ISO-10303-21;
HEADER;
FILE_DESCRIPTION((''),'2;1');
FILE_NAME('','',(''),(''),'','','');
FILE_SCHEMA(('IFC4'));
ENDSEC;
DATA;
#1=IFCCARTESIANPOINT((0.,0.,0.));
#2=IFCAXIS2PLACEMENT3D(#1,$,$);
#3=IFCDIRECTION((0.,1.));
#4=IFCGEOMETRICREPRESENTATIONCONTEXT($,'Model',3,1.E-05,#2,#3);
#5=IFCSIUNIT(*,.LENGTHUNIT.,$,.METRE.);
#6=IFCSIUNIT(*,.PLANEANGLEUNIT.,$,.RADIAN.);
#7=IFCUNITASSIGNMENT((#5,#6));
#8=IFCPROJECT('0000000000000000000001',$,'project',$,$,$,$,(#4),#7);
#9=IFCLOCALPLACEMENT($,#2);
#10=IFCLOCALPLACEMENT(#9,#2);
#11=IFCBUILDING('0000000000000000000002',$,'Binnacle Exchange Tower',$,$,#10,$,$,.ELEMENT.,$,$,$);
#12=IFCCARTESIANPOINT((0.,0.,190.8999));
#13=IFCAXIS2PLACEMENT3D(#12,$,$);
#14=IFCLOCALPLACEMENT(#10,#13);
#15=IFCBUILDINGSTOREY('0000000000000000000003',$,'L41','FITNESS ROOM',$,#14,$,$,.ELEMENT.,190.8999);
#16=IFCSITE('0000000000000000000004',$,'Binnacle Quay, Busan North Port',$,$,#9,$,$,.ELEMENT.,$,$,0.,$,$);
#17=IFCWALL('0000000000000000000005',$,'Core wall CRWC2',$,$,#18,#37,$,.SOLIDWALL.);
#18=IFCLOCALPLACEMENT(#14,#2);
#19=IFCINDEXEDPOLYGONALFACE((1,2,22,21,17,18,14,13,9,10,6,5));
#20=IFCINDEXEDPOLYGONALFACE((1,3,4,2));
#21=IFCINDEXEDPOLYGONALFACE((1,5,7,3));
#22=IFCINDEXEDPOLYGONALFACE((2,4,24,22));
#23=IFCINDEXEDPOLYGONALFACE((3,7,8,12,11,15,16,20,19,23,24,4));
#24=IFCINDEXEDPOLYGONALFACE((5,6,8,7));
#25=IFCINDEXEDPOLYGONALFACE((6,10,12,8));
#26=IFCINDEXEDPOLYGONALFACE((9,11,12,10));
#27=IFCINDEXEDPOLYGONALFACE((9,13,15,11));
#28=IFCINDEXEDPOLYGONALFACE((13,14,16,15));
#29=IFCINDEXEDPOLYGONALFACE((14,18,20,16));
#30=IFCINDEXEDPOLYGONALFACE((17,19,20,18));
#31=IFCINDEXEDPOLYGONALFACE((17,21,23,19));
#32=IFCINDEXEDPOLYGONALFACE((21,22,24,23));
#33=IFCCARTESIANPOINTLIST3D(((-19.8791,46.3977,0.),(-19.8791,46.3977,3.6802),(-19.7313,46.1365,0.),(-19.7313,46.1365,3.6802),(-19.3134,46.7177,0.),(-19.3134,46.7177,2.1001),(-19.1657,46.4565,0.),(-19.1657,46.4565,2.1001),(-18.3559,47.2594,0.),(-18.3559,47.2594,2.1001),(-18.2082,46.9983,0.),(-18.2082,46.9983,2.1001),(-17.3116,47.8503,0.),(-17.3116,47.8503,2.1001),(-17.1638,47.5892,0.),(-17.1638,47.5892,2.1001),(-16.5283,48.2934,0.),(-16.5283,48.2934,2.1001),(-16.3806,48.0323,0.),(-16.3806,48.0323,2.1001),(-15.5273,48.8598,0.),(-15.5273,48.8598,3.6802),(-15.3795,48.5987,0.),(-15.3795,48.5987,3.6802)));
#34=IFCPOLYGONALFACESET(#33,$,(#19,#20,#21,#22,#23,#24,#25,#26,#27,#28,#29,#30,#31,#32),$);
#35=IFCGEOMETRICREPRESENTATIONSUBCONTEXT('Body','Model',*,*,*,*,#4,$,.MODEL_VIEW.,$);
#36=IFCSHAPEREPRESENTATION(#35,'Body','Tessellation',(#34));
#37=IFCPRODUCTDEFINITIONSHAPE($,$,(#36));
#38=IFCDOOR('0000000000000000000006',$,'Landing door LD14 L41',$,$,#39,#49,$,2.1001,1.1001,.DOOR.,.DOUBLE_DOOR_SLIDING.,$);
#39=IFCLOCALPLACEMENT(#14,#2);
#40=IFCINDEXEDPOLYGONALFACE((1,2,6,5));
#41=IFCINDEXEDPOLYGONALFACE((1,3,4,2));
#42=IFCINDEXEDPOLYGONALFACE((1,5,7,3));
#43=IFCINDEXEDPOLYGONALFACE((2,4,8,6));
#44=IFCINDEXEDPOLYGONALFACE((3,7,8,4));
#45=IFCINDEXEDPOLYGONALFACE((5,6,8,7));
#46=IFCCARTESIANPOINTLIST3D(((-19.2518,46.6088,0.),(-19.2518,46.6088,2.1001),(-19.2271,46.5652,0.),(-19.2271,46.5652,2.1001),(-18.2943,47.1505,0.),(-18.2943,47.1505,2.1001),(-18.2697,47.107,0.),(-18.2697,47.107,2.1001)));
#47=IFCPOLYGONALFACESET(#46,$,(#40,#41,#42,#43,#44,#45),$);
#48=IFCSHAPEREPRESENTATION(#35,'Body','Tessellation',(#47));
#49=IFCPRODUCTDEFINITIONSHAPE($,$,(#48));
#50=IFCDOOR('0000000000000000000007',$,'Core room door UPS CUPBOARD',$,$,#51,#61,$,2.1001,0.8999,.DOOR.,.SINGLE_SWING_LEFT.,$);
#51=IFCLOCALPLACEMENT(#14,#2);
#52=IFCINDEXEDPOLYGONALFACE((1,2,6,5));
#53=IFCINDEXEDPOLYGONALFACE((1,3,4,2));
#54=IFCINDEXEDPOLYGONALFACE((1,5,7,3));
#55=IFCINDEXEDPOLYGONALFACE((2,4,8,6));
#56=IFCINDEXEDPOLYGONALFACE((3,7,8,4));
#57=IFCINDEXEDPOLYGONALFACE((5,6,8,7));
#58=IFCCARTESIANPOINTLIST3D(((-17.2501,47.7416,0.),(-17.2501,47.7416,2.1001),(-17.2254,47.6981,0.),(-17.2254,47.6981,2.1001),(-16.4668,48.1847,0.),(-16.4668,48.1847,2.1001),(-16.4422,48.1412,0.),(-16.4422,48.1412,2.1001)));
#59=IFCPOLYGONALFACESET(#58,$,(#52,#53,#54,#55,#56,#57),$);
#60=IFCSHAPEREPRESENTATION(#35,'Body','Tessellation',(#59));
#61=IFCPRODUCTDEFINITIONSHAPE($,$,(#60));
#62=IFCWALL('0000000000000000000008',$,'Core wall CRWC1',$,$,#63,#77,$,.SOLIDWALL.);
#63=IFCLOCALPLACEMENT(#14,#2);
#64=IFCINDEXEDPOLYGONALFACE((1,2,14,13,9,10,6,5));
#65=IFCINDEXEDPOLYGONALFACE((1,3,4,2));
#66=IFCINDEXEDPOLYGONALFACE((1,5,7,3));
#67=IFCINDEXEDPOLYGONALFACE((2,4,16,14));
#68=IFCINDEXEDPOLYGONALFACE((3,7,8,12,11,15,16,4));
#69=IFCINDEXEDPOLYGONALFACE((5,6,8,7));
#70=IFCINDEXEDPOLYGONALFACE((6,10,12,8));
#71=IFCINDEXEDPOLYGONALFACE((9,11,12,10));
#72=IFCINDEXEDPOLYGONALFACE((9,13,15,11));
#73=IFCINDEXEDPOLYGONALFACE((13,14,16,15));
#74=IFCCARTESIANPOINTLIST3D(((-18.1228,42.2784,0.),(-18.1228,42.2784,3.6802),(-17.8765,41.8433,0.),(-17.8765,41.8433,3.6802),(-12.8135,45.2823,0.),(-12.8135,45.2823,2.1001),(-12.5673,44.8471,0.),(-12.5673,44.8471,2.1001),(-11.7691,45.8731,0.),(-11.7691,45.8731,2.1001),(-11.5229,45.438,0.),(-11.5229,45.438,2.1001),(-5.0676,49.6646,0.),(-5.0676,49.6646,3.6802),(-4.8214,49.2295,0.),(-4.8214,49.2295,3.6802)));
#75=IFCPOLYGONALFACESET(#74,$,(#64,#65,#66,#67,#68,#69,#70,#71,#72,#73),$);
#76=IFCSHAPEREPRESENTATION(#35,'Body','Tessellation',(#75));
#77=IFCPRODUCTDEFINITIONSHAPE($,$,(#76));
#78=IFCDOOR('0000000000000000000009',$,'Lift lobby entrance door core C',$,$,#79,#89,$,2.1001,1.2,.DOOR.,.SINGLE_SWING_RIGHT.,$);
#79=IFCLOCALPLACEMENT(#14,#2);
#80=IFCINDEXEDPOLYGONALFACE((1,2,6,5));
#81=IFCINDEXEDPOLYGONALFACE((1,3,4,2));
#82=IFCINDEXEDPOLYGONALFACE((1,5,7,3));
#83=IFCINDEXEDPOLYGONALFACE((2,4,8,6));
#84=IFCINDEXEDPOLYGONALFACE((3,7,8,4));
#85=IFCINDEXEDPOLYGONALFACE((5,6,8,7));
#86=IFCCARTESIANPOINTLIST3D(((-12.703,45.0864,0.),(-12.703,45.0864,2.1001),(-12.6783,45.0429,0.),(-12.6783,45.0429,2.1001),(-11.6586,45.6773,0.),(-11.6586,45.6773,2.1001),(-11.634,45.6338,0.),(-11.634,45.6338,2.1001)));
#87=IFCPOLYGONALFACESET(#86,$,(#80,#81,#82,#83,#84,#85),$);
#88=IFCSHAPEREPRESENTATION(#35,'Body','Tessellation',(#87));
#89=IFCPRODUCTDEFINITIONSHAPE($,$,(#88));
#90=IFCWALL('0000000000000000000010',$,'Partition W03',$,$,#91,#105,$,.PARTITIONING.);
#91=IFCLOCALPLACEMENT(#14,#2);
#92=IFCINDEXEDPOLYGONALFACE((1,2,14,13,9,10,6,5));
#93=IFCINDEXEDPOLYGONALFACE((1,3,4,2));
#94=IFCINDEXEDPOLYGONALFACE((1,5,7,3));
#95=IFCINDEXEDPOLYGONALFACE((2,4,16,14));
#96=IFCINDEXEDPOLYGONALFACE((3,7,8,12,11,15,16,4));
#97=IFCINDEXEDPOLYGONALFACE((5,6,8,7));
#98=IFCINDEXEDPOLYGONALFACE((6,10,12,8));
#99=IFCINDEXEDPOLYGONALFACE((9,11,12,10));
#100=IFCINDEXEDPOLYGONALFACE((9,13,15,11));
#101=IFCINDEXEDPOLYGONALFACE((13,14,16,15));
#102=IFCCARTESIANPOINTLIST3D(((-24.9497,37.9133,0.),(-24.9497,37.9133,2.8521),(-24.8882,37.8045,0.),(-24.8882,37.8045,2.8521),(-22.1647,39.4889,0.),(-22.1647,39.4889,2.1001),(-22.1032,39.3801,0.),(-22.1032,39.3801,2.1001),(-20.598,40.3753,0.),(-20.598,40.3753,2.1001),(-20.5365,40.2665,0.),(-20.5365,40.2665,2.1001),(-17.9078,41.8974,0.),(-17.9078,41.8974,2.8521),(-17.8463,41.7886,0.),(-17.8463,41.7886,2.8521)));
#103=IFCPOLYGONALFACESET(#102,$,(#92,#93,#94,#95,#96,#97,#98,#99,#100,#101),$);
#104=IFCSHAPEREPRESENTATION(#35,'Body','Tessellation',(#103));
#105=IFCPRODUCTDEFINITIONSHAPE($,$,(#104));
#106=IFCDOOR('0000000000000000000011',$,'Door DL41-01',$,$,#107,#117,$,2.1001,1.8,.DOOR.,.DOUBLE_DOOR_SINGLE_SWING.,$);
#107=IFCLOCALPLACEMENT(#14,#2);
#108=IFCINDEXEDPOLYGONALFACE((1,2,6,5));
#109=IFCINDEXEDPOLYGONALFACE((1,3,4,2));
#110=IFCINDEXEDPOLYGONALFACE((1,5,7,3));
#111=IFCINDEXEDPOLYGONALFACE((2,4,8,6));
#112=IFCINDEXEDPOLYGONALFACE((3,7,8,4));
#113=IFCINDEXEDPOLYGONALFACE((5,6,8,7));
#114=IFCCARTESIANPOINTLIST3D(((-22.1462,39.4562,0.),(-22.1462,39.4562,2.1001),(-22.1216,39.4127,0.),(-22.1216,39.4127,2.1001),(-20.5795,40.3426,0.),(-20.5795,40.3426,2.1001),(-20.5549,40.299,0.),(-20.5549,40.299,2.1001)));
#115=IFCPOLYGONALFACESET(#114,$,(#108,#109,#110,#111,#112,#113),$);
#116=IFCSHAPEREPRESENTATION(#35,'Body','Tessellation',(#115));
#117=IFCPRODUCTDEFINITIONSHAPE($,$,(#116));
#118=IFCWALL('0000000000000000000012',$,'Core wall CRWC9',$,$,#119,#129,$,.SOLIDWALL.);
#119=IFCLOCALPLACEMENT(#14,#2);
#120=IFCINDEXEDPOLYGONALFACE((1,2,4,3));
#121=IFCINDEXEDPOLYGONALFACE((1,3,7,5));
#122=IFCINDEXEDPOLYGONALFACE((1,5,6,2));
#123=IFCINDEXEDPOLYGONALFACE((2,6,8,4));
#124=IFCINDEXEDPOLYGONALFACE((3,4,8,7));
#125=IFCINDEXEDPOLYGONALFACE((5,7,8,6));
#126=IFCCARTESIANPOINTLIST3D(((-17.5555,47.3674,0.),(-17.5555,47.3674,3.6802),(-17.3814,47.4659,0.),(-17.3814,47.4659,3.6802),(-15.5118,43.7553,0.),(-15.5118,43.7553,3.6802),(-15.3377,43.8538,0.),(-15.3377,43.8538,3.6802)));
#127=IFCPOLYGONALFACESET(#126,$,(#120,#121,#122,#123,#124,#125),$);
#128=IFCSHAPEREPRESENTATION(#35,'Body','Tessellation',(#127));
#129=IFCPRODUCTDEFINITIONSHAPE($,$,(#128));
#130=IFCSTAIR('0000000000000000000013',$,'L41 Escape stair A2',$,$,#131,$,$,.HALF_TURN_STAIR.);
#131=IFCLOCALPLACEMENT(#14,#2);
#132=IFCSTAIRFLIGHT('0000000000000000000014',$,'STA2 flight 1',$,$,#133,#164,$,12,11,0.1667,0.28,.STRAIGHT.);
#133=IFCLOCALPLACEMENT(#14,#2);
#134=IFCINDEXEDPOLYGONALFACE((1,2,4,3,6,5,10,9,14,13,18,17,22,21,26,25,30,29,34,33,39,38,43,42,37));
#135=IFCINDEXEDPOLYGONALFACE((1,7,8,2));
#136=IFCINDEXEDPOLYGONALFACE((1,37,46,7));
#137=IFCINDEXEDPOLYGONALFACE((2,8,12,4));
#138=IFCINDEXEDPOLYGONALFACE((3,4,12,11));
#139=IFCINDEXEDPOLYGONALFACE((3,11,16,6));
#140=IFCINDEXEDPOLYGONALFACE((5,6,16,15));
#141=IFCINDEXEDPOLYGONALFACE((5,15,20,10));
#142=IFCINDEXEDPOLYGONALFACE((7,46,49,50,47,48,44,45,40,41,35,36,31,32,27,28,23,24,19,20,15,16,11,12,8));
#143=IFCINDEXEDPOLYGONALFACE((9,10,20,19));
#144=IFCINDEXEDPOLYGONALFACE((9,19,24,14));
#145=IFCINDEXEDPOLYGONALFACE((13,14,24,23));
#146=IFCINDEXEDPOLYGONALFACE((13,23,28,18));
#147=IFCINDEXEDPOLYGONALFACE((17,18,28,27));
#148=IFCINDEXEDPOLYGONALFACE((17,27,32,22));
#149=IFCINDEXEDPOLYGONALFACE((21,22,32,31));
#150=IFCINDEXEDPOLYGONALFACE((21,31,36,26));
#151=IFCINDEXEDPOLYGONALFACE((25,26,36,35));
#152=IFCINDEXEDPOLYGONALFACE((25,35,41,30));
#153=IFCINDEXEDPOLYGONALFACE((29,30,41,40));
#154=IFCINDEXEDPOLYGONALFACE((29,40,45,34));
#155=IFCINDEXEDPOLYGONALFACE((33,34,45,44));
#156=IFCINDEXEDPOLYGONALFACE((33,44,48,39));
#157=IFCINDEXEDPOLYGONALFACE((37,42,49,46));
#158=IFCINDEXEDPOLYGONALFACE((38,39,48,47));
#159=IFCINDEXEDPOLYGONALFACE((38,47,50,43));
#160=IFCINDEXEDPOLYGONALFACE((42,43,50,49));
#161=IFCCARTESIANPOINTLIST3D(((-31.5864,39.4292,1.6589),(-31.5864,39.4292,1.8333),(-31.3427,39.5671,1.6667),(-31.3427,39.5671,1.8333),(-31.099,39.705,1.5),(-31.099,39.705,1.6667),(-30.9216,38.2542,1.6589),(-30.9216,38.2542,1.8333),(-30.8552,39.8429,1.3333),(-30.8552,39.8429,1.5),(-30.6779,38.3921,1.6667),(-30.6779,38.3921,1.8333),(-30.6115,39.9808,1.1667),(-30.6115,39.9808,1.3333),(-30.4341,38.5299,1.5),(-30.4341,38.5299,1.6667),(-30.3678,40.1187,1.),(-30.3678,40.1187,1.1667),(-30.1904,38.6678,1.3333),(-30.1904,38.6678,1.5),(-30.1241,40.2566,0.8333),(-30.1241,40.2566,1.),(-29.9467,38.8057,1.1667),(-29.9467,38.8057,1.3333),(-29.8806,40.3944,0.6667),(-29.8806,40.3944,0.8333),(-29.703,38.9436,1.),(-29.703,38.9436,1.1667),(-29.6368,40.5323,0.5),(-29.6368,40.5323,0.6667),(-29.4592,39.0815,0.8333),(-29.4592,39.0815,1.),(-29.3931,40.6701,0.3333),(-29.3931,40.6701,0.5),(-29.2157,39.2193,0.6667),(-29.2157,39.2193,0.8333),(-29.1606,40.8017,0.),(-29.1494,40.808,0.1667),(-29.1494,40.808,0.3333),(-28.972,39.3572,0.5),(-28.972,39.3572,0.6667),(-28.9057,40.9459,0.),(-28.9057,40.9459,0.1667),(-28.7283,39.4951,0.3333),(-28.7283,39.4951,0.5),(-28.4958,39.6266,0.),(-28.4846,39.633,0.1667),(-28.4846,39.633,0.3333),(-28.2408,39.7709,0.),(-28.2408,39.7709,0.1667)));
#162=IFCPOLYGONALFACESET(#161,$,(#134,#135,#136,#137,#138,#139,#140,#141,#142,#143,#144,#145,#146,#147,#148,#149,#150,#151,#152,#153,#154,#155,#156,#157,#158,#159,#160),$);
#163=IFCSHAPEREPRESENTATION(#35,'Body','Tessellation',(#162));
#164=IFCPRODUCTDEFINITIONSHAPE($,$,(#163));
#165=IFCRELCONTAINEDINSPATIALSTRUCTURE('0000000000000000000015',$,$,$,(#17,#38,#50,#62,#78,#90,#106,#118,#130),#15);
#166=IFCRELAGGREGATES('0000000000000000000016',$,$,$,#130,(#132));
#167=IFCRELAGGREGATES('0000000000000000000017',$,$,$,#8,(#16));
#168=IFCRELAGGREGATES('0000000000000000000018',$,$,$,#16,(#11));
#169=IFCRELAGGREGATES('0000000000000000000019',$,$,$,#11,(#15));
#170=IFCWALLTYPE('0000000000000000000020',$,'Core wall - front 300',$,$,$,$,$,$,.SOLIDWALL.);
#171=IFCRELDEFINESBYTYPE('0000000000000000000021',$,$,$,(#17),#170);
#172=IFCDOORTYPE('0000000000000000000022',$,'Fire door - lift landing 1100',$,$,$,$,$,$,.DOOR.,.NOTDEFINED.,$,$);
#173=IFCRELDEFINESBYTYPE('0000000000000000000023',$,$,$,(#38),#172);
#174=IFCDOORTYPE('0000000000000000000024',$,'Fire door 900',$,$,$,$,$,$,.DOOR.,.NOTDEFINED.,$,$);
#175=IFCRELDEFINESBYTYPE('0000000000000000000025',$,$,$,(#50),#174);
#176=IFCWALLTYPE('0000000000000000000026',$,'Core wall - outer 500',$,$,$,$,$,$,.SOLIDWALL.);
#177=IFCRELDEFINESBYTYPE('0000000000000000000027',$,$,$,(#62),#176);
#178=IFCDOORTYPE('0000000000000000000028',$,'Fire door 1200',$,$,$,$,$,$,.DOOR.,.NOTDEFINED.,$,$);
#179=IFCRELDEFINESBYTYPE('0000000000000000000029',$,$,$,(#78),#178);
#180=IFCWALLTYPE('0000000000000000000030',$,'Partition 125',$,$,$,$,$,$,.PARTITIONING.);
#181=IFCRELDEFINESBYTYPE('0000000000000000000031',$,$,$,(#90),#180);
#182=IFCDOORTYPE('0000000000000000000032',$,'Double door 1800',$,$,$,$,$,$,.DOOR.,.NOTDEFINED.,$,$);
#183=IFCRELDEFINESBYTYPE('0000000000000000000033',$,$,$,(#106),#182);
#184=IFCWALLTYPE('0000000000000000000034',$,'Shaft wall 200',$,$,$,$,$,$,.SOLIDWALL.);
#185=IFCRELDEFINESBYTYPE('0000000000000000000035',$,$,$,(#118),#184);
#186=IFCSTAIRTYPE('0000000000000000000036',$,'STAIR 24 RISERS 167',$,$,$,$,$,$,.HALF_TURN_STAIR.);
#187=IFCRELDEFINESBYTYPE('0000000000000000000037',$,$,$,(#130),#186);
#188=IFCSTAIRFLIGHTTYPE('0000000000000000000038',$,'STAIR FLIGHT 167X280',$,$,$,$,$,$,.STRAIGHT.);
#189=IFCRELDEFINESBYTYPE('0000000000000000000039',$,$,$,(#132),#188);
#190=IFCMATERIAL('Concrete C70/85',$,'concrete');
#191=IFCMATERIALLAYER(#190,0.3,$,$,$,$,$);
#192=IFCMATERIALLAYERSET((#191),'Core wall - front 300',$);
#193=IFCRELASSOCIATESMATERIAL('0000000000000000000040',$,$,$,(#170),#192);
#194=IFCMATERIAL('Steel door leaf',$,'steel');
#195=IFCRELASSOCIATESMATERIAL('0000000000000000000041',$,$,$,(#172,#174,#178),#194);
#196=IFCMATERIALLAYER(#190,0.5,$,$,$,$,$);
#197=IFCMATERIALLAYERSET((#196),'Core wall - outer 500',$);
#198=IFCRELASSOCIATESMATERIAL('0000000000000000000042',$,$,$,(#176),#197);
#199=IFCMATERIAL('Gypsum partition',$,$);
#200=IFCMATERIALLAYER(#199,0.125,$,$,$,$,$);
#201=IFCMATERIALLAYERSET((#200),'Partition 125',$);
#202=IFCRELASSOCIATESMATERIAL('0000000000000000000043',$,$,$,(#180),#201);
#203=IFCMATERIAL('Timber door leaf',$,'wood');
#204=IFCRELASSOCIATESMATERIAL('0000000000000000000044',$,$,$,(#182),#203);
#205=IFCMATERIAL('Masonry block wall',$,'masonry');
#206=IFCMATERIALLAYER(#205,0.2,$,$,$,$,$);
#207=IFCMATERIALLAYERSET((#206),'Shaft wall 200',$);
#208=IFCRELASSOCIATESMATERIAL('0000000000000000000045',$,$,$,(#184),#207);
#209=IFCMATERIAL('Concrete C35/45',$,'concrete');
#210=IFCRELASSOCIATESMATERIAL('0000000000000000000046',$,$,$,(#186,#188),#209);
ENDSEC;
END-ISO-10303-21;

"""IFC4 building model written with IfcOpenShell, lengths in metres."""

from ifc_helpers import new_model, si_unit, direction, frame, frame_2d, origin, place, context, subcontext, project, spatial, polyline, rectangle, outline, extrude, material, layer, layer_set, type_object, element, fill, aggregate, save


model = new_model("IFC4")

# Units and contexts
model_context = context("Model", 3, precision=1e-05, world=origin(), true_north=direction((0.0, 1.0)))
body_context = subcontext(model_context, "Body", "Model", "MODEL_VIEW")
ifc_project = project(units=[si_unit("LENGTHUNIT", "METRE"), si_unit("PLANEANGLEUNIT", "RADIAN")], contexts=[model_context])

# Site, building, storey
site_placement = place(None, origin())
site = spatial("IfcSite", under=ifc_project, at=site_placement, Name="Binnacle Quay, Busan North Port", CompositionType="ELEMENT", RefElevation=0.0)
building_placement = place(site_placement, origin())
building = spatial("IfcBuilding", under=site, at=building_placement, Name="Binnacle Exchange Tower", CompositionType="ELEMENT")
storey_placement = place(building_placement, frame((0.0, 0.0, 190.8999)))
storey = spatial("IfcBuildingStorey", under=building, at=storey_placement, Name="L41", Description="FITNESS ROOM", CompositionType="ELEMENT", Elevation=190.8999)

# Shared definitions
ifc_material_1 = material(Name="Concrete C70/85", Category="concrete")

# Wall, openings, doors
ifc_layer_1 = layer(ifc_material_1, 0.3)
ifc_layer_set_1 = layer_set([ifc_layer_1], Name="Core wall - front 300")
wall_type_1 = type_object("IfcWallType", Name="Core wall - front 300", PredefinedType="SOLIDWALL", material=ifc_layer_set_1)
wall_1_placement = place(storey_placement, frame((-19.8052, 46.2671, 0.0), z_axis=(0.0, 0.0, 1.0), x_axis=(0.870354, 0.492427, 0.0)))
wall_1 = element("IfcWall", 1, at=wall_1_placement, inside=storey, type_object=wall_type_1, Name="Core wall CRWC2", PredefinedType="SOLIDWALL", context=body_context, shape_type="SweptSolid", body=[
    extrude(rectangle(XDim=5.0, YDim=0.3, at=frame_2d((2.5, 0.0))), origin(), (0.0, 0.0, 1.0), 3.6802),
])
opening_1_placement = place(wall_1_placement, frame((0.6499, 0.0, 0.0)))
opening_1 = element("IfcOpeningElement", 2, at=opening_1_placement, cuts=wall_1, PredefinedType="OPENING", context=body_context, shape_type="SweptSolid", body=[
    extrude(rectangle(XDim=1.1001, YDim=2.1001, at=frame_2d((0.55, 1.05))), frame((0.0, 0.1599, 0.0), z_axis=(0.0, -1.0, 0.0), x_axis=(1.0, 0.0, 0.0)), (0.0, 0.0, 1.0), 0.3201),
])
opening_2_placement = place(wall_1_placement, frame((2.95, 0.0, 0.0)))
opening_2 = element("IfcOpeningElement", 3, at=opening_2_placement, cuts=wall_1, PredefinedType="OPENING", context=body_context, shape_type="SweptSolid", body=[
    extrude(rectangle(XDim=0.8999, YDim=2.1001, at=frame_2d((0.45, 1.05))), frame((0.0, 0.1599, 0.0), z_axis=(0.0, -1.0, 0.0), x_axis=(1.0, 0.0, 0.0)), (0.0, 0.0, 1.0), 0.3201),
])
ifc_material_2 = material(Name="Steel door leaf", Category="steel")
door_type_1 = type_object("IfcDoorType", Name="Fire door - lift landing 1100", OperationType="NOTDEFINED", PredefinedType="DOOR", material=ifc_material_2)
door_1_placement = place(opening_1_placement, origin())
door_1 = element("IfcDoor", 4, at=door_1_placement, inside=storey, type_object=door_type_1, Name="Landing door LD14 L41", OperationType="DOUBLE_DOOR_SLIDING", OverallHeight=2.1001, OverallWidth=1.1001, PredefinedType="DOOR", context=body_context, shape_type="SweptSolid", body=[
    extrude(rectangle(XDim=1.1001, YDim=2.1001, at=frame_2d((0.55, 1.05))), frame((0.0, 0.0249, 0.0), z_axis=(0.0, -1.0, 0.0), x_axis=(1.0, 0.0, 0.0)), (0.0, 0.0, 1.0), 0.05),
])
fill(opening_1, door_1)
door_type_2 = type_object("IfcDoorType", Name="Fire door 900", OperationType="NOTDEFINED", PredefinedType="DOOR", material=ifc_material_2)
door_2_placement = place(opening_2_placement, frame((0.8999, 0.0, 0.0), z_axis=(0.0, 0.0, 1.0), x_axis=(-1.0, 0.0, 0.0)))
door_2 = element("IfcDoor", 5, at=door_2_placement, inside=storey, type_object=door_type_2, Name="Core room door UPS CUPBOARD", OperationType="SINGLE_SWING_LEFT", OverallHeight=2.1001, OverallWidth=0.8999, PredefinedType="DOOR", context=body_context, shape_type="SweptSolid", body=[
    extrude(rectangle(XDim=0.8999, YDim=2.1001, at=frame_2d((0.45, 1.05))), frame((0.0, 0.0249, 0.0), z_axis=(0.0, -1.0, 0.0), x_axis=(1.0, 0.0, 0.0)), (0.0, 0.0, 1.0), 0.05),
])
fill(opening_2, door_2)

# Walls, openings, doors
ifc_layer_2 = layer(ifc_material_1, 0.5)
ifc_layer_set_2 = layer_set([ifc_layer_2], Name="Core wall - outer 500")
wall_type_2 = type_object("IfcWallType", Name="Core wall - outer 500", PredefinedType="SOLIDWALL", material=ifc_layer_set_2)
wall_2_placement = place(storey_placement, frame((-17.9998, 42.0608, 0.0), z_axis=(0.0, 0.0, 1.0), x_axis=(0.870357, 0.492422, 0.0)))
wall_2 = element("IfcWall", 6, at=wall_2_placement, inside=storey, type_object=wall_type_2, Name="Core wall CRWC1", PredefinedType="SOLIDWALL", context=body_context, shape_type="SweptSolid", body=[
    extrude(rectangle(XDim=14.9998, YDim=0.5, at=frame_2d((7.5, 0.0))), origin(), (0.0, 0.0, 1.0), 3.6802),
])
opening_3_placement = place(wall_2_placement, frame((6.1001, 0.0, 0.0)))
opening_3 = element("IfcOpeningElement", 7, at=opening_3_placement, cuts=wall_2, PredefinedType="OPENING", context=body_context, shape_type="SweptSolid", body=[
    extrude(rectangle(XDim=1.2, YDim=2.1001, at=frame_2d((0.6001, 1.05))), frame((0.0, 0.26, 0.0), z_axis=(0.0, -1.0, 0.0), x_axis=(1.0, 0.0, 0.0)), (0.0, 0.0, 1.0), 0.52),
])
door_type_3 = type_object("IfcDoorType", Name="Fire door 1200", OperationType="NOTDEFINED", PredefinedType="DOOR", material=ifc_material_2)
door_3_placement = place(opening_3_placement, frame((1.2, 0.0, 0.0), z_axis=(0.0, 0.0, 1.0), x_axis=(-1.0, 0.0, 0.0)))
door_3 = element("IfcDoor", 8, at=door_3_placement, inside=storey, type_object=door_type_3, Name="Lift lobby entrance door core C", OperationType="SINGLE_SWING_RIGHT", OverallHeight=2.1001, OverallWidth=1.2, PredefinedType="DOOR", context=body_context, shape_type="SweptSolid", body=[
    extrude(rectangle(XDim=1.2, YDim=2.1001, at=frame_2d((0.6001, 1.05))), frame((0.0, 0.0249, 0.0), z_axis=(0.0, -1.0, 0.0), x_axis=(1.0, 0.0, 0.0)), (0.0, 0.0, 1.0), 0.05),
])
fill(opening_3, door_3)
ifc_material_3 = material(Name="Gypsum partition")
ifc_layer_3 = layer(ifc_material_3, 0.125)
ifc_layer_set_3 = layer_set([ifc_layer_3], Name="Partition 125")
wall_type_3 = type_object("IfcWallType", Name="Partition 125", PredefinedType="PARTITIONING", material=ifc_layer_set_3)
wall_3_placement = place(storey_placement, frame((-24.9189, 37.8589, 0.0), z_axis=(0.0, 0.0, 1.0), x_axis=(0.870358, 0.49242, 0.0)))
wall_3 = element("IfcWall", 9, at=wall_3_placement, inside=storey, type_object=wall_type_3, Name="Partition W03", PredefinedType="PARTITIONING", context=body_context, shape_type="SweptSolid", body=[
    extrude(rectangle(XDim=8.0908, YDim=0.125, at=frame_2d((4.0454, 0.0))), origin(), (0.0, 0.0, 1.0), 2.8521),
])
opening_4_placement = place(wall_3_placement, frame((3.2, 0.0, 0.0)))
opening_4 = element("IfcOpeningElement", 10, at=opening_4_placement, cuts=wall_3, PredefinedType="OPENING", context=body_context, shape_type="SweptSolid", body=[
    extrude(rectangle(XDim=1.8, YDim=2.1001, at=frame_2d((0.8999, 1.05))), frame((0.0, 0.0725, 0.0), z_axis=(0.0, -1.0, 0.0), x_axis=(1.0, 0.0, 0.0)), (0.0, 0.0, 1.0), 0.145),
])
ifc_material_4 = material(Name="Timber door leaf", Category="wood")
door_type_4 = type_object("IfcDoorType", Name="Double door 1800", OperationType="NOTDEFINED", PredefinedType="DOOR", material=ifc_material_4)
door_4_placement = place(opening_4_placement, origin())
door_4 = element("IfcDoor", 11, at=door_4_placement, inside=storey, type_object=door_type_4, Name="Door DL41-01", OperationType="DOUBLE_DOOR_SINGLE_SWING", OverallHeight=2.1001, OverallWidth=1.8, PredefinedType="DOOR", context=body_context, shape_type="SweptSolid", body=[
    extrude(rectangle(XDim=1.8, YDim=2.1001, at=frame_2d((0.8999, 1.05))), frame((0.0, 0.0249, 0.0), z_axis=(0.0, -1.0, 0.0), x_axis=(1.0, 0.0, 0.0)), (0.0, 0.0, 1.0), 0.05),
])
fill(opening_4, door_4)

# Wall
ifc_material_5 = material(Name="Masonry block wall", Category="masonry")
ifc_layer_4 = layer(ifc_material_5, 0.2)
ifc_layer_set_4 = layer_set([ifc_layer_4], Name="Shaft wall 200")
wall_type_4 = type_object("IfcWallType", Name="Shaft wall 200", PredefinedType="SOLIDWALL", material=ifc_layer_set_4)
wall_4_placement = place(storey_placement, frame((-17.4685, 47.4167, 0.0), z_axis=(0.0, 0.0, 1.0), x_axis=(0.492441, -0.870346, 0.0)))
element("IfcWall", 12, at=wall_4_placement, inside=storey, type_object=wall_type_4, Name="Core wall CRWC9", PredefinedType="SOLIDWALL", context=body_context, shape_type="SweptSolid", body=[
    extrude(rectangle(XDim=4.1501, YDim=0.2, at=frame_2d((2.0752, 0.0))), origin(), (0.0, 0.0, 1.0), 3.6802),
])

# Stair, stair flight
ifc_material_6 = material(Name="Concrete C35/45", Category="concrete")
stair_type = type_object("IfcStairType", Name="STAIR 24 RISERS 167", PredefinedType="HALF_TURN_STAIR", material=ifc_material_6)
stair_placement = place(storey_placement, origin())
stair = element("IfcStair", 13, at=stair_placement, inside=storey, type_object=stair_type, Name="L41 Escape stair A2", PredefinedType="HALF_TURN_STAIR")
stair_flight_type = type_object("IfcStairFlightType", Name="STAIR FLIGHT 167X280", PredefinedType="STRAIGHT", material=ifc_material_6)
stair_flight_placement = place(storey_placement, frame((-28.5732, 40.3584, 0.0), z_axis=(0.0, 0.0, 1.0), x_axis=(-0.870356, -0.492424, 0.0)))
stair_flight = element("IfcStairFlight", 14, at=stair_flight_placement, type_object=stair_flight_type, Name="STA2 flight 1", NumberOfRisers=12, NumberOfTreads=11, PredefinedType="STRAIGHT", RiserHeight=0.1667, TreadLength=0.28, context=body_context, shape_type="SweptSolid", body=[
    extrude(outline(polyline([(0.0, 0.0), (0.0, 0.1667), (0.28, 0.1667), (0.28, 0.3333), (0.5601, 0.3333), (0.5601, 0.5), (0.8401, 0.5), (0.8401, 0.6667), (1.1201, 0.6667), (1.1201, 0.8333), (1.3999, 0.8333), (1.3999, 1.0), (1.6799, 1.0), (1.6799, 1.1667), (1.96, 1.1667), (1.96, 1.3333), (2.24, 1.3333), (2.24, 1.5), (2.52, 1.5), (2.52, 1.6667), (2.8, 1.6667), (2.8, 1.8333), (3.0801, 1.8333), (3.0801, 2.0), (3.0801, 1.6589), (0.293, 0.0), (0.0, 0.0)])), frame((0.0, 0.675, 0.0), z_axis=(0.0, -1.0, 0.0), x_axis=(1.0, 0.0, 0.0)), (0.0, 0.0, 1.0), 1.3501),
])
aggregate(stair, [stair_flight])

save(model, "model.ifc")
